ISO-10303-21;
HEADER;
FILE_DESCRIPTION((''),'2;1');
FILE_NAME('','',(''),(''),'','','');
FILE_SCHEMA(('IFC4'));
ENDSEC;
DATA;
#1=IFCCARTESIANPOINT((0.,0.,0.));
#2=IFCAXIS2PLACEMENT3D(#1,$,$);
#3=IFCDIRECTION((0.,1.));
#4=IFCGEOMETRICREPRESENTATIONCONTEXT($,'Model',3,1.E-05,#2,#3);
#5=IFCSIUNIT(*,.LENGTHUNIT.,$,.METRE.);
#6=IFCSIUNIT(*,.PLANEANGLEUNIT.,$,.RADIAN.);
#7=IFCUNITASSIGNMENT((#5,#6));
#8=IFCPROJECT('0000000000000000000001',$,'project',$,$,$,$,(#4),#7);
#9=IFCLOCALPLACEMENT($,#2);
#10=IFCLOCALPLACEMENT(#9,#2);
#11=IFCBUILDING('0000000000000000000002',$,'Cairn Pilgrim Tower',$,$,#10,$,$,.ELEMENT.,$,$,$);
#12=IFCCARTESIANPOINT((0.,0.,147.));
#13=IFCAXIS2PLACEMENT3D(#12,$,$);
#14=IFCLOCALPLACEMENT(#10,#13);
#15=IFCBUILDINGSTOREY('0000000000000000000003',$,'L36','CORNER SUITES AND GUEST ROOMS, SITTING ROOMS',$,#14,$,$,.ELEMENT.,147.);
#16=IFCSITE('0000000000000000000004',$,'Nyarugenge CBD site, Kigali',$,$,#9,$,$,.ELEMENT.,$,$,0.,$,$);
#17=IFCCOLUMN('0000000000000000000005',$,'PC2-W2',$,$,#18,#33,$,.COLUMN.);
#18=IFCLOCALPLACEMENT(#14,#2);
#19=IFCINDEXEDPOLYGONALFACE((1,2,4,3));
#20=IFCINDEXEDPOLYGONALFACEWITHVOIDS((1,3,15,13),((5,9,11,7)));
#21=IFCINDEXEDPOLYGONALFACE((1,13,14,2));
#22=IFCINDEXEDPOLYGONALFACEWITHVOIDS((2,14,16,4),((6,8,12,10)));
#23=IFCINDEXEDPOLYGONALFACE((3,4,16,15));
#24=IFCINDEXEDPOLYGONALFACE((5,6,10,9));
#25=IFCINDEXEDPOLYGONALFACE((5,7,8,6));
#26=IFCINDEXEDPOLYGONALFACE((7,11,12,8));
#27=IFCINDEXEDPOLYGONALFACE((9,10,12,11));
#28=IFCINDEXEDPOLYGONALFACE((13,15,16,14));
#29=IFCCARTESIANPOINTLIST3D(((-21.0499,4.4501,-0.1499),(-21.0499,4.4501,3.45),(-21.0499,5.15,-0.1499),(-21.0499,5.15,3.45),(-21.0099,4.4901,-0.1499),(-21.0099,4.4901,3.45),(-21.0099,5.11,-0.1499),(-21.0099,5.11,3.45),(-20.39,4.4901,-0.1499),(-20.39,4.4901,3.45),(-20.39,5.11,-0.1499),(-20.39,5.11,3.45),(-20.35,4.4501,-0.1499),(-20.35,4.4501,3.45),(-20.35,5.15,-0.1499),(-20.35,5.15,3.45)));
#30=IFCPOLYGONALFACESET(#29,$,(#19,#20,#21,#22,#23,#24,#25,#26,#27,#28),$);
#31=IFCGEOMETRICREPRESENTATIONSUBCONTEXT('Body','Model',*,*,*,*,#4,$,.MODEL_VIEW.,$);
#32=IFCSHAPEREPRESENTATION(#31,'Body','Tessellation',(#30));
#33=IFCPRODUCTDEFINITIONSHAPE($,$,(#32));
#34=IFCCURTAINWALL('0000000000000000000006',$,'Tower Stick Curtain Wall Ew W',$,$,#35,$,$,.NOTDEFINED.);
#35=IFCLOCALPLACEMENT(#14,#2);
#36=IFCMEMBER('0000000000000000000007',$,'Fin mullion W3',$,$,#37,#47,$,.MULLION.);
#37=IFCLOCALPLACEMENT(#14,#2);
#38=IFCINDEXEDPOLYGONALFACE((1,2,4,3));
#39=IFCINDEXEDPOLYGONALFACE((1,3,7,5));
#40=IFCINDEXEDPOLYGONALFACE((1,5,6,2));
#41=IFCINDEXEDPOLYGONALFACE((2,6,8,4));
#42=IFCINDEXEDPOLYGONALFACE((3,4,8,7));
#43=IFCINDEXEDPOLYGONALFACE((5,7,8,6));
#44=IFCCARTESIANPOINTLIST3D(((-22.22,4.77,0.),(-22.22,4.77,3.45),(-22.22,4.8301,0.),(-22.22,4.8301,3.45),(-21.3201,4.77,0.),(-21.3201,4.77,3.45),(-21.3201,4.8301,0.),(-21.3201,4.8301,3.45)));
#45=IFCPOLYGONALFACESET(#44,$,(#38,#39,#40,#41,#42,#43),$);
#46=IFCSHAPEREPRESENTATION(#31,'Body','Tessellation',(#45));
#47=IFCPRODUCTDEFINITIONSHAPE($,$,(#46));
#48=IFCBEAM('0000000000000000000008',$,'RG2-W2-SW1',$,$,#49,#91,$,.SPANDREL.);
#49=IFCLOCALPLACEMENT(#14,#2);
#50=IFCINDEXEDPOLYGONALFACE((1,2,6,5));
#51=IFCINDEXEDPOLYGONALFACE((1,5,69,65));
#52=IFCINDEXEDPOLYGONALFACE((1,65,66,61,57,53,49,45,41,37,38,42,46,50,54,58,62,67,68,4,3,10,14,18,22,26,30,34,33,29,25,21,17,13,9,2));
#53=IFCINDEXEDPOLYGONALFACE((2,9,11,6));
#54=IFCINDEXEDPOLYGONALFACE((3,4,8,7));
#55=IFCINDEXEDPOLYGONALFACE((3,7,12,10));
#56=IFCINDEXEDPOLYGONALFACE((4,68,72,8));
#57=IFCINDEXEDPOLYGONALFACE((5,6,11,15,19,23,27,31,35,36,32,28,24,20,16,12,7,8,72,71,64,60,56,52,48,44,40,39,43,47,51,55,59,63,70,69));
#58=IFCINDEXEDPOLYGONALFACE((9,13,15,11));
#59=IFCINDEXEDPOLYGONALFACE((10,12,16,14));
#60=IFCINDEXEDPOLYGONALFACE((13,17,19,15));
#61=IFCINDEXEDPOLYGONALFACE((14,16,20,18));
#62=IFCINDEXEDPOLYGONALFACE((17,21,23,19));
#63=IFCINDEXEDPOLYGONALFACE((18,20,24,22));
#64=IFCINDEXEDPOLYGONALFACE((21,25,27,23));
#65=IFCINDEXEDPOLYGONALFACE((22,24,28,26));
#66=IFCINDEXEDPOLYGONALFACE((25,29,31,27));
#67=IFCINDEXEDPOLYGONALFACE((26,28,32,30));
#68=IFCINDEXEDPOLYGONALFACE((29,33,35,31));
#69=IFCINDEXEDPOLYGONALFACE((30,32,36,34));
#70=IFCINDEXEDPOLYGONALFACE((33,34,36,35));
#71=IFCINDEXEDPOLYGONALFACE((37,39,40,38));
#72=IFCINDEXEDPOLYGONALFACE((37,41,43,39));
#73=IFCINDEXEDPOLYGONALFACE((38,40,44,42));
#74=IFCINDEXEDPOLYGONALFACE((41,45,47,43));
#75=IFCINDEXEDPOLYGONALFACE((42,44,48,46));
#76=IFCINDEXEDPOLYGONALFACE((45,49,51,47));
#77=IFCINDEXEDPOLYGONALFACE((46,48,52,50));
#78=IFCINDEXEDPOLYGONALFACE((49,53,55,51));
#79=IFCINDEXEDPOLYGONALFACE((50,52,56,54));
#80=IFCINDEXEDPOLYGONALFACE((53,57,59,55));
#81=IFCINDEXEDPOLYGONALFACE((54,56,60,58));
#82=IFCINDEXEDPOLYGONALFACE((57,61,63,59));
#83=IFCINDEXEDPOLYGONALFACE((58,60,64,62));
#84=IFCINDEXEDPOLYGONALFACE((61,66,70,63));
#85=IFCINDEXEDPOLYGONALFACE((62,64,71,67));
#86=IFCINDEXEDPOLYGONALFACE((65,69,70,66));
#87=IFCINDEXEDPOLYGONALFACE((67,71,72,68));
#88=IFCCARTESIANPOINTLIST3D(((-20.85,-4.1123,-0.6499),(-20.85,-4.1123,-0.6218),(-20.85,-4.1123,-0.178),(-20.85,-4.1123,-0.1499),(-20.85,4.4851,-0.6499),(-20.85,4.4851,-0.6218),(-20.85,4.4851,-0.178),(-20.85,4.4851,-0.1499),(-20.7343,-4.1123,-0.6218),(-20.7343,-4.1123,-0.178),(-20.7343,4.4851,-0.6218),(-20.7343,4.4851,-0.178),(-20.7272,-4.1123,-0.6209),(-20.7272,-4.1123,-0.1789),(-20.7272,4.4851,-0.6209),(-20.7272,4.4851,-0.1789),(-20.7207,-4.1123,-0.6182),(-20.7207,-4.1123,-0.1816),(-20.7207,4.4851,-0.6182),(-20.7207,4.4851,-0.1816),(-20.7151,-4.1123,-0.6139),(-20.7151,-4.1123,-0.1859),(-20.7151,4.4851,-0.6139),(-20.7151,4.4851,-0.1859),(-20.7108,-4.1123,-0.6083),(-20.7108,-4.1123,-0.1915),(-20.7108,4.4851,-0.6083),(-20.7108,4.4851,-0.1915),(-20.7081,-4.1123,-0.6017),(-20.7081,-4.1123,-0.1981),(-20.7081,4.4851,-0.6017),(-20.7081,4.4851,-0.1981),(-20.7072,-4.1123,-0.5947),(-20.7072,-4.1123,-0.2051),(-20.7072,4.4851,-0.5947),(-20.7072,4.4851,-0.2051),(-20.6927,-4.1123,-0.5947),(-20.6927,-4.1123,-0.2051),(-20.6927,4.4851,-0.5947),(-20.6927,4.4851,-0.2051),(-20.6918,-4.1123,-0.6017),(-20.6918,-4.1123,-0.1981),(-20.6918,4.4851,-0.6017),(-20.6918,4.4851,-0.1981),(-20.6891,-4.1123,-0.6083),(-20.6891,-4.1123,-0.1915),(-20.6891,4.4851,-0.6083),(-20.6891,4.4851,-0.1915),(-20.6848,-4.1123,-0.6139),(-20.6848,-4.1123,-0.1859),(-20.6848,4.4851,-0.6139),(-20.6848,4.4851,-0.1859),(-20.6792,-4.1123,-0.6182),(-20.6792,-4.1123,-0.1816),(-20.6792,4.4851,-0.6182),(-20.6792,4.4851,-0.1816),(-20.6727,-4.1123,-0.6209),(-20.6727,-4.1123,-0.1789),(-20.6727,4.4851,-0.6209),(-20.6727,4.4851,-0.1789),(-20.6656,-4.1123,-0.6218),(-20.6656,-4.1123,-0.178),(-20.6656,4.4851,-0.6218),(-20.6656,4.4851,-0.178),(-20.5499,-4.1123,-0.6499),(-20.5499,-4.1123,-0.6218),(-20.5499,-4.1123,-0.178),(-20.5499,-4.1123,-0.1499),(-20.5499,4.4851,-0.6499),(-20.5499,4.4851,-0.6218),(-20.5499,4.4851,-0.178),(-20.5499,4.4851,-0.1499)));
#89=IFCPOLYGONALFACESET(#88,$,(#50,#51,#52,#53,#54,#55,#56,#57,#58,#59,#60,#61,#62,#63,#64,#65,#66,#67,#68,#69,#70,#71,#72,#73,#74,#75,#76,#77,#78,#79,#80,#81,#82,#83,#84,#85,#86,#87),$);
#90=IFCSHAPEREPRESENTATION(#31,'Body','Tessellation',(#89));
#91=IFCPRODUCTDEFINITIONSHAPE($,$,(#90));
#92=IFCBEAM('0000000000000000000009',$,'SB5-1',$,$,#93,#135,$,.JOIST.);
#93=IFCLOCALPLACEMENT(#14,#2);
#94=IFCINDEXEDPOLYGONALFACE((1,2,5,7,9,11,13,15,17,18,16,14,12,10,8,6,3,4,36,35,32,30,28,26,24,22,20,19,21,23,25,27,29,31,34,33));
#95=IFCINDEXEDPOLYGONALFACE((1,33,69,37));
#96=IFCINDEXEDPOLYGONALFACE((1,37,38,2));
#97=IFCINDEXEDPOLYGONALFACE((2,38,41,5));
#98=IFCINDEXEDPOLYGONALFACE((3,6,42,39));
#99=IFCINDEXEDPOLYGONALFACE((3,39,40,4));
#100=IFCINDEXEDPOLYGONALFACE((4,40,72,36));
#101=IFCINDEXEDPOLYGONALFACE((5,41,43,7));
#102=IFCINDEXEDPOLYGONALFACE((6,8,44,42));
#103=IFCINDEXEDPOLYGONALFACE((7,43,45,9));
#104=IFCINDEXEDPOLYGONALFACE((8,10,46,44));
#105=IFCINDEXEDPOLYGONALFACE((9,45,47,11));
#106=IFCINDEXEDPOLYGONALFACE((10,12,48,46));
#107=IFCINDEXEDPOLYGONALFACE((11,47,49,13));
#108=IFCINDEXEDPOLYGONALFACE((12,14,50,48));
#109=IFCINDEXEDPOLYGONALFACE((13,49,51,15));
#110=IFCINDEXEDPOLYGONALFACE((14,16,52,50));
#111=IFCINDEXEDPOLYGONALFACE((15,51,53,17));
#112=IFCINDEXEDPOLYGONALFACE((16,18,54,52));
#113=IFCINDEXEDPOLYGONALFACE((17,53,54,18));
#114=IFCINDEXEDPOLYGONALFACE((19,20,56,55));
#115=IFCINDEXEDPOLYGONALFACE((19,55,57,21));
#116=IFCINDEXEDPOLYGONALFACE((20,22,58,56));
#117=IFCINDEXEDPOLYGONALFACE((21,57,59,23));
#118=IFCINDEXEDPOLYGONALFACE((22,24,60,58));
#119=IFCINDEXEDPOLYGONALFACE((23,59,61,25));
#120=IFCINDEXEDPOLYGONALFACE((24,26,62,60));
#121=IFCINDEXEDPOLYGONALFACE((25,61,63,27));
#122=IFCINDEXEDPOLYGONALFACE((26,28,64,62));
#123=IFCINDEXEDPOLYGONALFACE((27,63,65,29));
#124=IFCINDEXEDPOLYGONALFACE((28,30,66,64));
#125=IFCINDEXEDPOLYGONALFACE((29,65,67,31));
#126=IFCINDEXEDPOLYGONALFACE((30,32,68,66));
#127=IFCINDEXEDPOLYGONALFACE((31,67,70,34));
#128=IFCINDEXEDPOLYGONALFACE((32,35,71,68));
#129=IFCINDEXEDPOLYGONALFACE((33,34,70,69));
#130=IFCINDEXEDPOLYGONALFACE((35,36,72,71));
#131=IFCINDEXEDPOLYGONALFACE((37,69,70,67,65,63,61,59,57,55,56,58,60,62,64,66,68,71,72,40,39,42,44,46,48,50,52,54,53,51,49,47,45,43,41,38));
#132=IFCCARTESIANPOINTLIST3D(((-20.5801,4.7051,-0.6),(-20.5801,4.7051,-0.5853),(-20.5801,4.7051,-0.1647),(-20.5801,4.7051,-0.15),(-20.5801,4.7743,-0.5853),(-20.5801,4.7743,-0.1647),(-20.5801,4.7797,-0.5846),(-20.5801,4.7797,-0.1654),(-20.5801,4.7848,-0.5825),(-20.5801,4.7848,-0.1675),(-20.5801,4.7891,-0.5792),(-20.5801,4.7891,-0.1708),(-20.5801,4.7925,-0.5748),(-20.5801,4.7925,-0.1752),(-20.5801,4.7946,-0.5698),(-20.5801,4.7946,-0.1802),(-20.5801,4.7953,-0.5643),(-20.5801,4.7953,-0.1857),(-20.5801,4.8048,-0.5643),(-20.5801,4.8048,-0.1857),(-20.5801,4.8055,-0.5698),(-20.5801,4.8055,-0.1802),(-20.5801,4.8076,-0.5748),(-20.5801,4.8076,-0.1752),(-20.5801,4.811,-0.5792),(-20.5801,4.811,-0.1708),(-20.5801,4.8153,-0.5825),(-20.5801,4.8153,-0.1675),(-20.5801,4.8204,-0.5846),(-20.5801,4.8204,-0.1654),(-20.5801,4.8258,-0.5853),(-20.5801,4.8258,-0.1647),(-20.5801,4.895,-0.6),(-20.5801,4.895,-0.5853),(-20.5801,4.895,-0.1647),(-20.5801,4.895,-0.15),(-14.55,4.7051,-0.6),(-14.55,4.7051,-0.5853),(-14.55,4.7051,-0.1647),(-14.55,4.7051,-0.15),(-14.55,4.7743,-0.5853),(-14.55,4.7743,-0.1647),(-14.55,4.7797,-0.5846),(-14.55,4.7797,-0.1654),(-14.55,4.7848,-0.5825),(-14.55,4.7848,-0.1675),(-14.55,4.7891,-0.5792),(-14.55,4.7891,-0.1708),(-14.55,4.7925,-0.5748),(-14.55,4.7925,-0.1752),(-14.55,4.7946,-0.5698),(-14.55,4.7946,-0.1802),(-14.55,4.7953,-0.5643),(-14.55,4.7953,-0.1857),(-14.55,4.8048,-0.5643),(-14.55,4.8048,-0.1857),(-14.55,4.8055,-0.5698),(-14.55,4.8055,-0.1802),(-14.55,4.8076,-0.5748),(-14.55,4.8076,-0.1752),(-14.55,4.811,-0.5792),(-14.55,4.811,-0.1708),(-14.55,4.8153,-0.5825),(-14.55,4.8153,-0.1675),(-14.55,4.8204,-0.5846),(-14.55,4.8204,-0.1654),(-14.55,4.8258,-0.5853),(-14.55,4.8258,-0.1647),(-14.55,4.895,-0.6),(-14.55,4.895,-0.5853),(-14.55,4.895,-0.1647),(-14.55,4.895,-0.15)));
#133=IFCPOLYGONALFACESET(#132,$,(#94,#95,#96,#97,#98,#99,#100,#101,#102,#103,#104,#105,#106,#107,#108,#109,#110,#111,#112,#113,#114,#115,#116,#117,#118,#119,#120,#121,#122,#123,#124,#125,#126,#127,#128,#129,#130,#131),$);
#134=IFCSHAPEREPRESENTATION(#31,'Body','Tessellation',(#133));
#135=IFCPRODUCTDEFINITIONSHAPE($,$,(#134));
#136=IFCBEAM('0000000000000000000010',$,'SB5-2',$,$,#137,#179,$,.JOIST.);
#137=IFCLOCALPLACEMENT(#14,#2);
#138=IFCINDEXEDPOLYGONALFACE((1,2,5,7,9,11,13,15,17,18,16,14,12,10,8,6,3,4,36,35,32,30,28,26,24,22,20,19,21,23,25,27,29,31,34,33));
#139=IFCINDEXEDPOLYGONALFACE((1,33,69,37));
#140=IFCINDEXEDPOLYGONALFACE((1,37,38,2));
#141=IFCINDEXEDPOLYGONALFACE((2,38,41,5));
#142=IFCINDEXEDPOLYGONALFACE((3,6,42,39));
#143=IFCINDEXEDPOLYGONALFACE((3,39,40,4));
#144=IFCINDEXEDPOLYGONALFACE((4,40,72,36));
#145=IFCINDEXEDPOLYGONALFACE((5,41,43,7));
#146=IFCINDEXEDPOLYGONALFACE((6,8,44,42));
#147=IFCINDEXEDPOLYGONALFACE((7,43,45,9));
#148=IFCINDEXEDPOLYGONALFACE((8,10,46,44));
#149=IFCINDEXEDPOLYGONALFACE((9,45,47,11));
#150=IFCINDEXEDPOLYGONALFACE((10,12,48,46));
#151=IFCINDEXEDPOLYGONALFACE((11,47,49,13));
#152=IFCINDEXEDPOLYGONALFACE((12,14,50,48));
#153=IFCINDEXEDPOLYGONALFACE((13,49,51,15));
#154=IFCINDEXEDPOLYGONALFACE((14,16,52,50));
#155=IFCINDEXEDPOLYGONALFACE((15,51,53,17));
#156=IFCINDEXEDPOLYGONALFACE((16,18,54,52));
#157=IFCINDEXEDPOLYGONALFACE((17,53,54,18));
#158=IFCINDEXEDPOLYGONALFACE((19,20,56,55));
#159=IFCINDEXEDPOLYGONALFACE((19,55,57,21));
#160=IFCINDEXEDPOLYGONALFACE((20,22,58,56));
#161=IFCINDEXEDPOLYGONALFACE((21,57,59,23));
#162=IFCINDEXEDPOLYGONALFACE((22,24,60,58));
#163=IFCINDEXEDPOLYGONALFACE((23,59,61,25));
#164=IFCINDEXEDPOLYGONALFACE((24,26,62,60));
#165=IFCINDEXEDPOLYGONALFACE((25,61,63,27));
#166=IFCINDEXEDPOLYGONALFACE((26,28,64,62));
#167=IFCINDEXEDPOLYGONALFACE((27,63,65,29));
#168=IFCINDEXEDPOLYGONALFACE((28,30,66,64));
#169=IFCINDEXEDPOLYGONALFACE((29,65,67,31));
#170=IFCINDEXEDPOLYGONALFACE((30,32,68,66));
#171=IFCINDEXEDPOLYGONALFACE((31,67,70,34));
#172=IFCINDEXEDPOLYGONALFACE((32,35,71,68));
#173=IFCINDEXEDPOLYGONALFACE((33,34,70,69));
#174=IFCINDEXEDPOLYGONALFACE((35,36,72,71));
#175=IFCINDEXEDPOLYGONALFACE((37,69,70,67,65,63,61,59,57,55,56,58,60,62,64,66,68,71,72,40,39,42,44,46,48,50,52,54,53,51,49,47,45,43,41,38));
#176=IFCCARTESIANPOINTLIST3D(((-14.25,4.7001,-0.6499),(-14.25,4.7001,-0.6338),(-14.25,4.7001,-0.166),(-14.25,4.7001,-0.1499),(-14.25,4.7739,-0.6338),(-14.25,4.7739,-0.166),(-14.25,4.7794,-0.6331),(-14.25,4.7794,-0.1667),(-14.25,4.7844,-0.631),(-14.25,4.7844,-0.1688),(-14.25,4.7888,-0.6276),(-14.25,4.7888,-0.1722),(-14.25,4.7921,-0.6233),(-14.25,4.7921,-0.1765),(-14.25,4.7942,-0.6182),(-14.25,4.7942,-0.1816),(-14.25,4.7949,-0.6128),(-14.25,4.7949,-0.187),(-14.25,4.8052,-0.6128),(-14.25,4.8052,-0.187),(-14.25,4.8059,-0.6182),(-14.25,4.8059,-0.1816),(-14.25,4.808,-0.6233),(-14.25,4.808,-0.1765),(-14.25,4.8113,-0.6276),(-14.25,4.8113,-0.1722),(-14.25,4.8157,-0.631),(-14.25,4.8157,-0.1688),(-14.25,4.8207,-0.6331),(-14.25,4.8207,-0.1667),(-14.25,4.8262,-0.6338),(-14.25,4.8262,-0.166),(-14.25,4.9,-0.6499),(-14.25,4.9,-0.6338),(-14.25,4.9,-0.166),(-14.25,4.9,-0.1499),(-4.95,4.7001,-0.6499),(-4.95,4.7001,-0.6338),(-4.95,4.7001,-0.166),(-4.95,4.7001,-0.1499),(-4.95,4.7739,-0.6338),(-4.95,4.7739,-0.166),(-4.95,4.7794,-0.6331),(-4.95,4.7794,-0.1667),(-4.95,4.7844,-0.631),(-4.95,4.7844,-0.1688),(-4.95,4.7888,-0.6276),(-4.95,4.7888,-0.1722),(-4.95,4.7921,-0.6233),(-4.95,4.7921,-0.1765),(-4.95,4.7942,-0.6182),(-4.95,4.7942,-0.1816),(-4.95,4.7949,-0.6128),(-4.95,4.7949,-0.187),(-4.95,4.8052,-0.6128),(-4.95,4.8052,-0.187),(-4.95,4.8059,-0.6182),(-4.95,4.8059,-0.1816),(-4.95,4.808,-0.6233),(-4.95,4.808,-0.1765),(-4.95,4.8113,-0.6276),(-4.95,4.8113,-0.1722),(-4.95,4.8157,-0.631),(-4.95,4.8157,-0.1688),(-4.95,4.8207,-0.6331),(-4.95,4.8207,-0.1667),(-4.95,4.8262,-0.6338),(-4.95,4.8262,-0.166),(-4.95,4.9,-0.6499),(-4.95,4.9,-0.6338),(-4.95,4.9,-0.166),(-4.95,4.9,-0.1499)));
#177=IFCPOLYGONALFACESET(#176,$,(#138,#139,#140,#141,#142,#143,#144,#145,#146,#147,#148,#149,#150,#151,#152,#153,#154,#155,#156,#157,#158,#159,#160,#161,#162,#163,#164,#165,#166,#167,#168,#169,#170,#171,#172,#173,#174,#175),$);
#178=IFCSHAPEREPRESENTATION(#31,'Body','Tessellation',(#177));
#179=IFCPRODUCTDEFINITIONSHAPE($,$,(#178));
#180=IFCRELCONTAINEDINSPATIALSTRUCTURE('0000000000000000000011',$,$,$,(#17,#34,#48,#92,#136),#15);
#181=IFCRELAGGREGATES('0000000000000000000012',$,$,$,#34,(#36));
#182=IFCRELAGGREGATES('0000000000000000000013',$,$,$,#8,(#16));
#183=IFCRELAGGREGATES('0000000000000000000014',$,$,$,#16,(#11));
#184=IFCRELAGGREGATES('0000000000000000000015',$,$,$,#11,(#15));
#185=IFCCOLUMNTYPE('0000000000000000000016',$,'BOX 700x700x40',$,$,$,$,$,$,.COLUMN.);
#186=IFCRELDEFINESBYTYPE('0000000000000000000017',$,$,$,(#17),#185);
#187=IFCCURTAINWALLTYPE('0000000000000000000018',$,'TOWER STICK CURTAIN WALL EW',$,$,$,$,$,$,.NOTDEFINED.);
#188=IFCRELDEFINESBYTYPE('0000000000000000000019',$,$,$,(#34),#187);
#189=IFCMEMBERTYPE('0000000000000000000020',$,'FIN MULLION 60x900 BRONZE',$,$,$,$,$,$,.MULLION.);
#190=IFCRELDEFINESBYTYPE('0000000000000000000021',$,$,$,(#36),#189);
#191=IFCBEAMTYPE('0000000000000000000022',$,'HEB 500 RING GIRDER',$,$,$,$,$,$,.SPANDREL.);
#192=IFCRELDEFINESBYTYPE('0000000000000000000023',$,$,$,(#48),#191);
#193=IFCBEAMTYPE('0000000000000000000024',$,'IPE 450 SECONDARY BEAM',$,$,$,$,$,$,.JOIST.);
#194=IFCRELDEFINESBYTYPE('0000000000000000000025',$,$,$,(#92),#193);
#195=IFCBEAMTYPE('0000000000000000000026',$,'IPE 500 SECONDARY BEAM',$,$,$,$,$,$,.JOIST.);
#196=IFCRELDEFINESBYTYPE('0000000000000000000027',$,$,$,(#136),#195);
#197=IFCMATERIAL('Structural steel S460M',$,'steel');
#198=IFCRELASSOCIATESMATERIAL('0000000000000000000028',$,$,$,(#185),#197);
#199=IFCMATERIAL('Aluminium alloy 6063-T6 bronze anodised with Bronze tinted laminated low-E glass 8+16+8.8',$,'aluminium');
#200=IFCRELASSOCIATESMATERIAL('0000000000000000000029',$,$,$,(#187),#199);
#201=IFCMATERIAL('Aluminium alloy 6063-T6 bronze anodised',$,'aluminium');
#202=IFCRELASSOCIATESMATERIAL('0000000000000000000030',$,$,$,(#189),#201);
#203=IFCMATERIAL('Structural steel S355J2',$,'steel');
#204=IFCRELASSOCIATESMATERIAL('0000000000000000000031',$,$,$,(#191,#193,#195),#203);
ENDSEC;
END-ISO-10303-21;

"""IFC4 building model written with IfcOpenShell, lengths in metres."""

from ifc_helpers import new_model, si_unit, direction, frame, origin, origin_2d, place, context, subcontext, project, spatial, rectangle, hollow_rectangle, i_section, extrude, material, material_profile, profile_set, type_object, element, aggregate, save


model = new_model("IFC4")

# Units and contexts
model_context = context("Model", 3, precision=1e-05, world=origin(), true_north=direction((0.0, 1.0)))
body_context = subcontext(model_context, "Body", "Model", "MODEL_VIEW")
ifc_project = project(units=[si_unit("LENGTHUNIT", "METRE"), si_unit("PLANEANGLEUNIT", "RADIAN")], contexts=[model_context])

# Site, building, storey
site_placement = place(None, origin())
site = spatial("IfcSite", under=ifc_project, at=site_placement, Name="Nyarugenge CBD site, Kigali", CompositionType="ELEMENT", RefElevation=0.0)
building_placement = place(site_placement, origin())
building = spatial("IfcBuilding", under=site, at=building_placement, Name="Cairn Pilgrim Tower", CompositionType="ELEMENT")
storey_placement = place(building_placement, frame((0.0, 0.0, 147.0)))
storey = spatial("IfcBuildingStorey", under=building, at=storey_placement, Name="L36", Description="CORNER SUITES AND GUEST ROOMS, SITTING ROOMS", CompositionType="ELEMENT", Elevation=147.0)

# Column
ifc_material_1 = material(Name="Structural steel S460M", Category="steel")
ifc_material_profile_1 = material_profile(ifc_material_1, hollow_rectangle(XDim=0.7, YDim=0.7, WallThickness=0.04, at=origin_2d()), Name="BOX 700x700x40")
ifc_profile_set_1 = profile_set([ifc_material_profile_1], Name="Structural steel S460M")
column_type = type_object("IfcColumnType", Name="BOX 700x700x40", PredefinedType="COLUMN", material=ifc_profile_set_1)
column_placement = place(storey_placement, frame((-20.7, 4.8, -0.1499), z_axis=(0.0, 0.0, 1.0), x_axis=(1.0, 0.0, 0.0)))
element("IfcColumn", 1, at=column_placement, inside=storey, type_object=column_type, Name="PC2-W2", PredefinedType="COLUMN", context=body_context, shape_type="SweptSolid", body=[
    extrude(hollow_rectangle(XDim=0.7, YDim=0.7, WallThickness=0.04, at=origin_2d()), origin(), (0.0, 0.0, 1.0), 3.5999),
])

# Curtain wall, member
ifc_material_2 = material(Name="Aluminium alloy 6063-T6 bronze anodised with Bronze tinted laminated low-E glass 8+16+8.8", Category="aluminium")
curtain_wall_type = type_object("IfcCurtainWallType", Name="TOWER STICK CURTAIN WALL EW", PredefinedType="NOTDEFINED", material=ifc_material_2)
curtain_wall_placement = place(storey_placement, origin())
curtain_wall = element("IfcCurtainWall", 2, at=curtain_wall_placement, inside=storey, type_object=curtain_wall_type, Name="Tower Stick Curtain Wall Ew W", PredefinedType="NOTDEFINED")
ifc_material_3 = material(Name="Aluminium alloy 6063-T6 bronze anodised", Category="aluminium")
ifc_material_profile_2 = material_profile(ifc_material_3, rectangle(XDim=0.8999, YDim=0.0601, at=origin_2d()), Name="FIN MULLION 60x900 BRONZE")
ifc_profile_set_2 = profile_set([ifc_material_profile_2], Name="Aluminium alloy 6063-T6 bronze anodised")
member_type = type_object("IfcMemberType", Name="FIN MULLION 60x900 BRONZE", PredefinedType="MULLION", material=ifc_profile_set_2)
member_placement = place(storey_placement, frame((-21.77, 4.8, 0.0), z_axis=(0.0, 0.0, 1.0), x_axis=(-1.0, 0.0, 0.0)))
member = element("IfcMember", 3, at=member_placement, type_object=member_type, Name="Fin mullion W3", PredefinedType="MULLION", context=body_context, shape_type="SweptSolid", body=[
    extrude(rectangle(XDim=0.8999, YDim=0.0601, at=origin_2d()), origin(), (0.0, 0.0, 1.0), 3.45),
])
aggregate(curtain_wall, [member])

# Beams
ifc_material_4 = material(Name="Structural steel S355J2", Category="steel")
ifc_material_profile_3 = material_profile(ifc_material_4, i_section(OverallWidth=0.3, OverallDepth=0.5, WebThickness=0.0144, FlangeThickness=0.0281, FilletRadius=0.0271, at=origin_2d()), Name="HEB 500")
ifc_profile_set_3 = profile_set([ifc_material_profile_3], Name="Structural steel S355J2")
beam_type_1 = type_object("IfcBeamType", Name="HEB 500 RING GIRDER", PredefinedType="SPANDREL", material=ifc_profile_set_3)
beam_1_placement = place(storey_placement, frame((-20.7, 4.4851, -0.3999), z_axis=(0.0, -1.0, 0.0), x_axis=(1.0, 0.0, 0.0)))
element("IfcBeam", 4, at=beam_1_placement, inside=storey, type_object=beam_type_1, Name="RG2-W2-SW1", PredefinedType="SPANDREL", context=body_context, shape_type="SweptSolid", body=[
    extrude(i_section(OverallWidth=0.3, OverallDepth=0.5, WebThickness=0.0144, FlangeThickness=0.0281, FilletRadius=0.0271, at=origin_2d()), origin(), (0.0, 0.0, 1.0), 8.5974),
])
ifc_material_profile_4 = material_profile(ifc_material_4, i_section(OverallWidth=0.1899, OverallDepth=0.45, WebThickness=0.0095, FlangeThickness=0.0146, FilletRadius=0.021, at=origin_2d()), Name="IPE 450")
ifc_profile_set_4 = profile_set([ifc_material_profile_4], Name="Structural steel S355J2")
beam_type_2 = type_object("IfcBeamType", Name="IPE 450 SECONDARY BEAM", PredefinedType="JOIST", material=ifc_profile_set_4)
beam_2_placement = place(storey_placement, frame((-20.5801, 4.8, -0.375), z_axis=(1.0, 0.0, 0.0), x_axis=(0.0, 1.0, 0.0)))
element("IfcBeam", 5, at=beam_2_placement, inside=storey, type_object=beam_type_2, Name="SB5-1", PredefinedType="JOIST", context=body_context, shape_type="SweptSolid", body=[
    extrude(i_section(OverallWidth=0.1899, OverallDepth=0.45, WebThickness=0.0095, FlangeThickness=0.0146, FilletRadius=0.021, at=origin_2d()), origin(), (0.0, 0.0, 1.0), 6.03),
])
ifc_material_profile_5 = material_profile(ifc_material_4, i_section(OverallWidth=0.2, OverallDepth=0.5, WebThickness=0.0103, FlangeThickness=0.0161, FilletRadius=0.021, at=origin_2d()), Name="IPE 500")
ifc_profile_set_5 = profile_set([ifc_material_profile_5], Name="Structural steel S355J2")
beam_type_3 = type_object("IfcBeamType", Name="IPE 500 SECONDARY BEAM", PredefinedType="JOIST", material=ifc_profile_set_5)
beam_3_placement = place(storey_placement, frame((-14.25, 4.8, -0.3999), z_axis=(1.0, 0.0, 0.0), x_axis=(0.0, 1.0, 0.0)))
element("IfcBeam", 6, at=beam_3_placement, inside=storey, type_object=beam_type_3, Name="SB5-2", PredefinedType="JOIST", context=body_context, shape_type="SweptSolid", body=[
    extrude(i_section(OverallWidth=0.2, OverallDepth=0.5, WebThickness=0.0103, FlangeThickness=0.0161, FilletRadius=0.021, at=origin_2d()), origin(), (0.0, 0.0, 1.0), 9.3),
])

save(model, "model.ifc")
